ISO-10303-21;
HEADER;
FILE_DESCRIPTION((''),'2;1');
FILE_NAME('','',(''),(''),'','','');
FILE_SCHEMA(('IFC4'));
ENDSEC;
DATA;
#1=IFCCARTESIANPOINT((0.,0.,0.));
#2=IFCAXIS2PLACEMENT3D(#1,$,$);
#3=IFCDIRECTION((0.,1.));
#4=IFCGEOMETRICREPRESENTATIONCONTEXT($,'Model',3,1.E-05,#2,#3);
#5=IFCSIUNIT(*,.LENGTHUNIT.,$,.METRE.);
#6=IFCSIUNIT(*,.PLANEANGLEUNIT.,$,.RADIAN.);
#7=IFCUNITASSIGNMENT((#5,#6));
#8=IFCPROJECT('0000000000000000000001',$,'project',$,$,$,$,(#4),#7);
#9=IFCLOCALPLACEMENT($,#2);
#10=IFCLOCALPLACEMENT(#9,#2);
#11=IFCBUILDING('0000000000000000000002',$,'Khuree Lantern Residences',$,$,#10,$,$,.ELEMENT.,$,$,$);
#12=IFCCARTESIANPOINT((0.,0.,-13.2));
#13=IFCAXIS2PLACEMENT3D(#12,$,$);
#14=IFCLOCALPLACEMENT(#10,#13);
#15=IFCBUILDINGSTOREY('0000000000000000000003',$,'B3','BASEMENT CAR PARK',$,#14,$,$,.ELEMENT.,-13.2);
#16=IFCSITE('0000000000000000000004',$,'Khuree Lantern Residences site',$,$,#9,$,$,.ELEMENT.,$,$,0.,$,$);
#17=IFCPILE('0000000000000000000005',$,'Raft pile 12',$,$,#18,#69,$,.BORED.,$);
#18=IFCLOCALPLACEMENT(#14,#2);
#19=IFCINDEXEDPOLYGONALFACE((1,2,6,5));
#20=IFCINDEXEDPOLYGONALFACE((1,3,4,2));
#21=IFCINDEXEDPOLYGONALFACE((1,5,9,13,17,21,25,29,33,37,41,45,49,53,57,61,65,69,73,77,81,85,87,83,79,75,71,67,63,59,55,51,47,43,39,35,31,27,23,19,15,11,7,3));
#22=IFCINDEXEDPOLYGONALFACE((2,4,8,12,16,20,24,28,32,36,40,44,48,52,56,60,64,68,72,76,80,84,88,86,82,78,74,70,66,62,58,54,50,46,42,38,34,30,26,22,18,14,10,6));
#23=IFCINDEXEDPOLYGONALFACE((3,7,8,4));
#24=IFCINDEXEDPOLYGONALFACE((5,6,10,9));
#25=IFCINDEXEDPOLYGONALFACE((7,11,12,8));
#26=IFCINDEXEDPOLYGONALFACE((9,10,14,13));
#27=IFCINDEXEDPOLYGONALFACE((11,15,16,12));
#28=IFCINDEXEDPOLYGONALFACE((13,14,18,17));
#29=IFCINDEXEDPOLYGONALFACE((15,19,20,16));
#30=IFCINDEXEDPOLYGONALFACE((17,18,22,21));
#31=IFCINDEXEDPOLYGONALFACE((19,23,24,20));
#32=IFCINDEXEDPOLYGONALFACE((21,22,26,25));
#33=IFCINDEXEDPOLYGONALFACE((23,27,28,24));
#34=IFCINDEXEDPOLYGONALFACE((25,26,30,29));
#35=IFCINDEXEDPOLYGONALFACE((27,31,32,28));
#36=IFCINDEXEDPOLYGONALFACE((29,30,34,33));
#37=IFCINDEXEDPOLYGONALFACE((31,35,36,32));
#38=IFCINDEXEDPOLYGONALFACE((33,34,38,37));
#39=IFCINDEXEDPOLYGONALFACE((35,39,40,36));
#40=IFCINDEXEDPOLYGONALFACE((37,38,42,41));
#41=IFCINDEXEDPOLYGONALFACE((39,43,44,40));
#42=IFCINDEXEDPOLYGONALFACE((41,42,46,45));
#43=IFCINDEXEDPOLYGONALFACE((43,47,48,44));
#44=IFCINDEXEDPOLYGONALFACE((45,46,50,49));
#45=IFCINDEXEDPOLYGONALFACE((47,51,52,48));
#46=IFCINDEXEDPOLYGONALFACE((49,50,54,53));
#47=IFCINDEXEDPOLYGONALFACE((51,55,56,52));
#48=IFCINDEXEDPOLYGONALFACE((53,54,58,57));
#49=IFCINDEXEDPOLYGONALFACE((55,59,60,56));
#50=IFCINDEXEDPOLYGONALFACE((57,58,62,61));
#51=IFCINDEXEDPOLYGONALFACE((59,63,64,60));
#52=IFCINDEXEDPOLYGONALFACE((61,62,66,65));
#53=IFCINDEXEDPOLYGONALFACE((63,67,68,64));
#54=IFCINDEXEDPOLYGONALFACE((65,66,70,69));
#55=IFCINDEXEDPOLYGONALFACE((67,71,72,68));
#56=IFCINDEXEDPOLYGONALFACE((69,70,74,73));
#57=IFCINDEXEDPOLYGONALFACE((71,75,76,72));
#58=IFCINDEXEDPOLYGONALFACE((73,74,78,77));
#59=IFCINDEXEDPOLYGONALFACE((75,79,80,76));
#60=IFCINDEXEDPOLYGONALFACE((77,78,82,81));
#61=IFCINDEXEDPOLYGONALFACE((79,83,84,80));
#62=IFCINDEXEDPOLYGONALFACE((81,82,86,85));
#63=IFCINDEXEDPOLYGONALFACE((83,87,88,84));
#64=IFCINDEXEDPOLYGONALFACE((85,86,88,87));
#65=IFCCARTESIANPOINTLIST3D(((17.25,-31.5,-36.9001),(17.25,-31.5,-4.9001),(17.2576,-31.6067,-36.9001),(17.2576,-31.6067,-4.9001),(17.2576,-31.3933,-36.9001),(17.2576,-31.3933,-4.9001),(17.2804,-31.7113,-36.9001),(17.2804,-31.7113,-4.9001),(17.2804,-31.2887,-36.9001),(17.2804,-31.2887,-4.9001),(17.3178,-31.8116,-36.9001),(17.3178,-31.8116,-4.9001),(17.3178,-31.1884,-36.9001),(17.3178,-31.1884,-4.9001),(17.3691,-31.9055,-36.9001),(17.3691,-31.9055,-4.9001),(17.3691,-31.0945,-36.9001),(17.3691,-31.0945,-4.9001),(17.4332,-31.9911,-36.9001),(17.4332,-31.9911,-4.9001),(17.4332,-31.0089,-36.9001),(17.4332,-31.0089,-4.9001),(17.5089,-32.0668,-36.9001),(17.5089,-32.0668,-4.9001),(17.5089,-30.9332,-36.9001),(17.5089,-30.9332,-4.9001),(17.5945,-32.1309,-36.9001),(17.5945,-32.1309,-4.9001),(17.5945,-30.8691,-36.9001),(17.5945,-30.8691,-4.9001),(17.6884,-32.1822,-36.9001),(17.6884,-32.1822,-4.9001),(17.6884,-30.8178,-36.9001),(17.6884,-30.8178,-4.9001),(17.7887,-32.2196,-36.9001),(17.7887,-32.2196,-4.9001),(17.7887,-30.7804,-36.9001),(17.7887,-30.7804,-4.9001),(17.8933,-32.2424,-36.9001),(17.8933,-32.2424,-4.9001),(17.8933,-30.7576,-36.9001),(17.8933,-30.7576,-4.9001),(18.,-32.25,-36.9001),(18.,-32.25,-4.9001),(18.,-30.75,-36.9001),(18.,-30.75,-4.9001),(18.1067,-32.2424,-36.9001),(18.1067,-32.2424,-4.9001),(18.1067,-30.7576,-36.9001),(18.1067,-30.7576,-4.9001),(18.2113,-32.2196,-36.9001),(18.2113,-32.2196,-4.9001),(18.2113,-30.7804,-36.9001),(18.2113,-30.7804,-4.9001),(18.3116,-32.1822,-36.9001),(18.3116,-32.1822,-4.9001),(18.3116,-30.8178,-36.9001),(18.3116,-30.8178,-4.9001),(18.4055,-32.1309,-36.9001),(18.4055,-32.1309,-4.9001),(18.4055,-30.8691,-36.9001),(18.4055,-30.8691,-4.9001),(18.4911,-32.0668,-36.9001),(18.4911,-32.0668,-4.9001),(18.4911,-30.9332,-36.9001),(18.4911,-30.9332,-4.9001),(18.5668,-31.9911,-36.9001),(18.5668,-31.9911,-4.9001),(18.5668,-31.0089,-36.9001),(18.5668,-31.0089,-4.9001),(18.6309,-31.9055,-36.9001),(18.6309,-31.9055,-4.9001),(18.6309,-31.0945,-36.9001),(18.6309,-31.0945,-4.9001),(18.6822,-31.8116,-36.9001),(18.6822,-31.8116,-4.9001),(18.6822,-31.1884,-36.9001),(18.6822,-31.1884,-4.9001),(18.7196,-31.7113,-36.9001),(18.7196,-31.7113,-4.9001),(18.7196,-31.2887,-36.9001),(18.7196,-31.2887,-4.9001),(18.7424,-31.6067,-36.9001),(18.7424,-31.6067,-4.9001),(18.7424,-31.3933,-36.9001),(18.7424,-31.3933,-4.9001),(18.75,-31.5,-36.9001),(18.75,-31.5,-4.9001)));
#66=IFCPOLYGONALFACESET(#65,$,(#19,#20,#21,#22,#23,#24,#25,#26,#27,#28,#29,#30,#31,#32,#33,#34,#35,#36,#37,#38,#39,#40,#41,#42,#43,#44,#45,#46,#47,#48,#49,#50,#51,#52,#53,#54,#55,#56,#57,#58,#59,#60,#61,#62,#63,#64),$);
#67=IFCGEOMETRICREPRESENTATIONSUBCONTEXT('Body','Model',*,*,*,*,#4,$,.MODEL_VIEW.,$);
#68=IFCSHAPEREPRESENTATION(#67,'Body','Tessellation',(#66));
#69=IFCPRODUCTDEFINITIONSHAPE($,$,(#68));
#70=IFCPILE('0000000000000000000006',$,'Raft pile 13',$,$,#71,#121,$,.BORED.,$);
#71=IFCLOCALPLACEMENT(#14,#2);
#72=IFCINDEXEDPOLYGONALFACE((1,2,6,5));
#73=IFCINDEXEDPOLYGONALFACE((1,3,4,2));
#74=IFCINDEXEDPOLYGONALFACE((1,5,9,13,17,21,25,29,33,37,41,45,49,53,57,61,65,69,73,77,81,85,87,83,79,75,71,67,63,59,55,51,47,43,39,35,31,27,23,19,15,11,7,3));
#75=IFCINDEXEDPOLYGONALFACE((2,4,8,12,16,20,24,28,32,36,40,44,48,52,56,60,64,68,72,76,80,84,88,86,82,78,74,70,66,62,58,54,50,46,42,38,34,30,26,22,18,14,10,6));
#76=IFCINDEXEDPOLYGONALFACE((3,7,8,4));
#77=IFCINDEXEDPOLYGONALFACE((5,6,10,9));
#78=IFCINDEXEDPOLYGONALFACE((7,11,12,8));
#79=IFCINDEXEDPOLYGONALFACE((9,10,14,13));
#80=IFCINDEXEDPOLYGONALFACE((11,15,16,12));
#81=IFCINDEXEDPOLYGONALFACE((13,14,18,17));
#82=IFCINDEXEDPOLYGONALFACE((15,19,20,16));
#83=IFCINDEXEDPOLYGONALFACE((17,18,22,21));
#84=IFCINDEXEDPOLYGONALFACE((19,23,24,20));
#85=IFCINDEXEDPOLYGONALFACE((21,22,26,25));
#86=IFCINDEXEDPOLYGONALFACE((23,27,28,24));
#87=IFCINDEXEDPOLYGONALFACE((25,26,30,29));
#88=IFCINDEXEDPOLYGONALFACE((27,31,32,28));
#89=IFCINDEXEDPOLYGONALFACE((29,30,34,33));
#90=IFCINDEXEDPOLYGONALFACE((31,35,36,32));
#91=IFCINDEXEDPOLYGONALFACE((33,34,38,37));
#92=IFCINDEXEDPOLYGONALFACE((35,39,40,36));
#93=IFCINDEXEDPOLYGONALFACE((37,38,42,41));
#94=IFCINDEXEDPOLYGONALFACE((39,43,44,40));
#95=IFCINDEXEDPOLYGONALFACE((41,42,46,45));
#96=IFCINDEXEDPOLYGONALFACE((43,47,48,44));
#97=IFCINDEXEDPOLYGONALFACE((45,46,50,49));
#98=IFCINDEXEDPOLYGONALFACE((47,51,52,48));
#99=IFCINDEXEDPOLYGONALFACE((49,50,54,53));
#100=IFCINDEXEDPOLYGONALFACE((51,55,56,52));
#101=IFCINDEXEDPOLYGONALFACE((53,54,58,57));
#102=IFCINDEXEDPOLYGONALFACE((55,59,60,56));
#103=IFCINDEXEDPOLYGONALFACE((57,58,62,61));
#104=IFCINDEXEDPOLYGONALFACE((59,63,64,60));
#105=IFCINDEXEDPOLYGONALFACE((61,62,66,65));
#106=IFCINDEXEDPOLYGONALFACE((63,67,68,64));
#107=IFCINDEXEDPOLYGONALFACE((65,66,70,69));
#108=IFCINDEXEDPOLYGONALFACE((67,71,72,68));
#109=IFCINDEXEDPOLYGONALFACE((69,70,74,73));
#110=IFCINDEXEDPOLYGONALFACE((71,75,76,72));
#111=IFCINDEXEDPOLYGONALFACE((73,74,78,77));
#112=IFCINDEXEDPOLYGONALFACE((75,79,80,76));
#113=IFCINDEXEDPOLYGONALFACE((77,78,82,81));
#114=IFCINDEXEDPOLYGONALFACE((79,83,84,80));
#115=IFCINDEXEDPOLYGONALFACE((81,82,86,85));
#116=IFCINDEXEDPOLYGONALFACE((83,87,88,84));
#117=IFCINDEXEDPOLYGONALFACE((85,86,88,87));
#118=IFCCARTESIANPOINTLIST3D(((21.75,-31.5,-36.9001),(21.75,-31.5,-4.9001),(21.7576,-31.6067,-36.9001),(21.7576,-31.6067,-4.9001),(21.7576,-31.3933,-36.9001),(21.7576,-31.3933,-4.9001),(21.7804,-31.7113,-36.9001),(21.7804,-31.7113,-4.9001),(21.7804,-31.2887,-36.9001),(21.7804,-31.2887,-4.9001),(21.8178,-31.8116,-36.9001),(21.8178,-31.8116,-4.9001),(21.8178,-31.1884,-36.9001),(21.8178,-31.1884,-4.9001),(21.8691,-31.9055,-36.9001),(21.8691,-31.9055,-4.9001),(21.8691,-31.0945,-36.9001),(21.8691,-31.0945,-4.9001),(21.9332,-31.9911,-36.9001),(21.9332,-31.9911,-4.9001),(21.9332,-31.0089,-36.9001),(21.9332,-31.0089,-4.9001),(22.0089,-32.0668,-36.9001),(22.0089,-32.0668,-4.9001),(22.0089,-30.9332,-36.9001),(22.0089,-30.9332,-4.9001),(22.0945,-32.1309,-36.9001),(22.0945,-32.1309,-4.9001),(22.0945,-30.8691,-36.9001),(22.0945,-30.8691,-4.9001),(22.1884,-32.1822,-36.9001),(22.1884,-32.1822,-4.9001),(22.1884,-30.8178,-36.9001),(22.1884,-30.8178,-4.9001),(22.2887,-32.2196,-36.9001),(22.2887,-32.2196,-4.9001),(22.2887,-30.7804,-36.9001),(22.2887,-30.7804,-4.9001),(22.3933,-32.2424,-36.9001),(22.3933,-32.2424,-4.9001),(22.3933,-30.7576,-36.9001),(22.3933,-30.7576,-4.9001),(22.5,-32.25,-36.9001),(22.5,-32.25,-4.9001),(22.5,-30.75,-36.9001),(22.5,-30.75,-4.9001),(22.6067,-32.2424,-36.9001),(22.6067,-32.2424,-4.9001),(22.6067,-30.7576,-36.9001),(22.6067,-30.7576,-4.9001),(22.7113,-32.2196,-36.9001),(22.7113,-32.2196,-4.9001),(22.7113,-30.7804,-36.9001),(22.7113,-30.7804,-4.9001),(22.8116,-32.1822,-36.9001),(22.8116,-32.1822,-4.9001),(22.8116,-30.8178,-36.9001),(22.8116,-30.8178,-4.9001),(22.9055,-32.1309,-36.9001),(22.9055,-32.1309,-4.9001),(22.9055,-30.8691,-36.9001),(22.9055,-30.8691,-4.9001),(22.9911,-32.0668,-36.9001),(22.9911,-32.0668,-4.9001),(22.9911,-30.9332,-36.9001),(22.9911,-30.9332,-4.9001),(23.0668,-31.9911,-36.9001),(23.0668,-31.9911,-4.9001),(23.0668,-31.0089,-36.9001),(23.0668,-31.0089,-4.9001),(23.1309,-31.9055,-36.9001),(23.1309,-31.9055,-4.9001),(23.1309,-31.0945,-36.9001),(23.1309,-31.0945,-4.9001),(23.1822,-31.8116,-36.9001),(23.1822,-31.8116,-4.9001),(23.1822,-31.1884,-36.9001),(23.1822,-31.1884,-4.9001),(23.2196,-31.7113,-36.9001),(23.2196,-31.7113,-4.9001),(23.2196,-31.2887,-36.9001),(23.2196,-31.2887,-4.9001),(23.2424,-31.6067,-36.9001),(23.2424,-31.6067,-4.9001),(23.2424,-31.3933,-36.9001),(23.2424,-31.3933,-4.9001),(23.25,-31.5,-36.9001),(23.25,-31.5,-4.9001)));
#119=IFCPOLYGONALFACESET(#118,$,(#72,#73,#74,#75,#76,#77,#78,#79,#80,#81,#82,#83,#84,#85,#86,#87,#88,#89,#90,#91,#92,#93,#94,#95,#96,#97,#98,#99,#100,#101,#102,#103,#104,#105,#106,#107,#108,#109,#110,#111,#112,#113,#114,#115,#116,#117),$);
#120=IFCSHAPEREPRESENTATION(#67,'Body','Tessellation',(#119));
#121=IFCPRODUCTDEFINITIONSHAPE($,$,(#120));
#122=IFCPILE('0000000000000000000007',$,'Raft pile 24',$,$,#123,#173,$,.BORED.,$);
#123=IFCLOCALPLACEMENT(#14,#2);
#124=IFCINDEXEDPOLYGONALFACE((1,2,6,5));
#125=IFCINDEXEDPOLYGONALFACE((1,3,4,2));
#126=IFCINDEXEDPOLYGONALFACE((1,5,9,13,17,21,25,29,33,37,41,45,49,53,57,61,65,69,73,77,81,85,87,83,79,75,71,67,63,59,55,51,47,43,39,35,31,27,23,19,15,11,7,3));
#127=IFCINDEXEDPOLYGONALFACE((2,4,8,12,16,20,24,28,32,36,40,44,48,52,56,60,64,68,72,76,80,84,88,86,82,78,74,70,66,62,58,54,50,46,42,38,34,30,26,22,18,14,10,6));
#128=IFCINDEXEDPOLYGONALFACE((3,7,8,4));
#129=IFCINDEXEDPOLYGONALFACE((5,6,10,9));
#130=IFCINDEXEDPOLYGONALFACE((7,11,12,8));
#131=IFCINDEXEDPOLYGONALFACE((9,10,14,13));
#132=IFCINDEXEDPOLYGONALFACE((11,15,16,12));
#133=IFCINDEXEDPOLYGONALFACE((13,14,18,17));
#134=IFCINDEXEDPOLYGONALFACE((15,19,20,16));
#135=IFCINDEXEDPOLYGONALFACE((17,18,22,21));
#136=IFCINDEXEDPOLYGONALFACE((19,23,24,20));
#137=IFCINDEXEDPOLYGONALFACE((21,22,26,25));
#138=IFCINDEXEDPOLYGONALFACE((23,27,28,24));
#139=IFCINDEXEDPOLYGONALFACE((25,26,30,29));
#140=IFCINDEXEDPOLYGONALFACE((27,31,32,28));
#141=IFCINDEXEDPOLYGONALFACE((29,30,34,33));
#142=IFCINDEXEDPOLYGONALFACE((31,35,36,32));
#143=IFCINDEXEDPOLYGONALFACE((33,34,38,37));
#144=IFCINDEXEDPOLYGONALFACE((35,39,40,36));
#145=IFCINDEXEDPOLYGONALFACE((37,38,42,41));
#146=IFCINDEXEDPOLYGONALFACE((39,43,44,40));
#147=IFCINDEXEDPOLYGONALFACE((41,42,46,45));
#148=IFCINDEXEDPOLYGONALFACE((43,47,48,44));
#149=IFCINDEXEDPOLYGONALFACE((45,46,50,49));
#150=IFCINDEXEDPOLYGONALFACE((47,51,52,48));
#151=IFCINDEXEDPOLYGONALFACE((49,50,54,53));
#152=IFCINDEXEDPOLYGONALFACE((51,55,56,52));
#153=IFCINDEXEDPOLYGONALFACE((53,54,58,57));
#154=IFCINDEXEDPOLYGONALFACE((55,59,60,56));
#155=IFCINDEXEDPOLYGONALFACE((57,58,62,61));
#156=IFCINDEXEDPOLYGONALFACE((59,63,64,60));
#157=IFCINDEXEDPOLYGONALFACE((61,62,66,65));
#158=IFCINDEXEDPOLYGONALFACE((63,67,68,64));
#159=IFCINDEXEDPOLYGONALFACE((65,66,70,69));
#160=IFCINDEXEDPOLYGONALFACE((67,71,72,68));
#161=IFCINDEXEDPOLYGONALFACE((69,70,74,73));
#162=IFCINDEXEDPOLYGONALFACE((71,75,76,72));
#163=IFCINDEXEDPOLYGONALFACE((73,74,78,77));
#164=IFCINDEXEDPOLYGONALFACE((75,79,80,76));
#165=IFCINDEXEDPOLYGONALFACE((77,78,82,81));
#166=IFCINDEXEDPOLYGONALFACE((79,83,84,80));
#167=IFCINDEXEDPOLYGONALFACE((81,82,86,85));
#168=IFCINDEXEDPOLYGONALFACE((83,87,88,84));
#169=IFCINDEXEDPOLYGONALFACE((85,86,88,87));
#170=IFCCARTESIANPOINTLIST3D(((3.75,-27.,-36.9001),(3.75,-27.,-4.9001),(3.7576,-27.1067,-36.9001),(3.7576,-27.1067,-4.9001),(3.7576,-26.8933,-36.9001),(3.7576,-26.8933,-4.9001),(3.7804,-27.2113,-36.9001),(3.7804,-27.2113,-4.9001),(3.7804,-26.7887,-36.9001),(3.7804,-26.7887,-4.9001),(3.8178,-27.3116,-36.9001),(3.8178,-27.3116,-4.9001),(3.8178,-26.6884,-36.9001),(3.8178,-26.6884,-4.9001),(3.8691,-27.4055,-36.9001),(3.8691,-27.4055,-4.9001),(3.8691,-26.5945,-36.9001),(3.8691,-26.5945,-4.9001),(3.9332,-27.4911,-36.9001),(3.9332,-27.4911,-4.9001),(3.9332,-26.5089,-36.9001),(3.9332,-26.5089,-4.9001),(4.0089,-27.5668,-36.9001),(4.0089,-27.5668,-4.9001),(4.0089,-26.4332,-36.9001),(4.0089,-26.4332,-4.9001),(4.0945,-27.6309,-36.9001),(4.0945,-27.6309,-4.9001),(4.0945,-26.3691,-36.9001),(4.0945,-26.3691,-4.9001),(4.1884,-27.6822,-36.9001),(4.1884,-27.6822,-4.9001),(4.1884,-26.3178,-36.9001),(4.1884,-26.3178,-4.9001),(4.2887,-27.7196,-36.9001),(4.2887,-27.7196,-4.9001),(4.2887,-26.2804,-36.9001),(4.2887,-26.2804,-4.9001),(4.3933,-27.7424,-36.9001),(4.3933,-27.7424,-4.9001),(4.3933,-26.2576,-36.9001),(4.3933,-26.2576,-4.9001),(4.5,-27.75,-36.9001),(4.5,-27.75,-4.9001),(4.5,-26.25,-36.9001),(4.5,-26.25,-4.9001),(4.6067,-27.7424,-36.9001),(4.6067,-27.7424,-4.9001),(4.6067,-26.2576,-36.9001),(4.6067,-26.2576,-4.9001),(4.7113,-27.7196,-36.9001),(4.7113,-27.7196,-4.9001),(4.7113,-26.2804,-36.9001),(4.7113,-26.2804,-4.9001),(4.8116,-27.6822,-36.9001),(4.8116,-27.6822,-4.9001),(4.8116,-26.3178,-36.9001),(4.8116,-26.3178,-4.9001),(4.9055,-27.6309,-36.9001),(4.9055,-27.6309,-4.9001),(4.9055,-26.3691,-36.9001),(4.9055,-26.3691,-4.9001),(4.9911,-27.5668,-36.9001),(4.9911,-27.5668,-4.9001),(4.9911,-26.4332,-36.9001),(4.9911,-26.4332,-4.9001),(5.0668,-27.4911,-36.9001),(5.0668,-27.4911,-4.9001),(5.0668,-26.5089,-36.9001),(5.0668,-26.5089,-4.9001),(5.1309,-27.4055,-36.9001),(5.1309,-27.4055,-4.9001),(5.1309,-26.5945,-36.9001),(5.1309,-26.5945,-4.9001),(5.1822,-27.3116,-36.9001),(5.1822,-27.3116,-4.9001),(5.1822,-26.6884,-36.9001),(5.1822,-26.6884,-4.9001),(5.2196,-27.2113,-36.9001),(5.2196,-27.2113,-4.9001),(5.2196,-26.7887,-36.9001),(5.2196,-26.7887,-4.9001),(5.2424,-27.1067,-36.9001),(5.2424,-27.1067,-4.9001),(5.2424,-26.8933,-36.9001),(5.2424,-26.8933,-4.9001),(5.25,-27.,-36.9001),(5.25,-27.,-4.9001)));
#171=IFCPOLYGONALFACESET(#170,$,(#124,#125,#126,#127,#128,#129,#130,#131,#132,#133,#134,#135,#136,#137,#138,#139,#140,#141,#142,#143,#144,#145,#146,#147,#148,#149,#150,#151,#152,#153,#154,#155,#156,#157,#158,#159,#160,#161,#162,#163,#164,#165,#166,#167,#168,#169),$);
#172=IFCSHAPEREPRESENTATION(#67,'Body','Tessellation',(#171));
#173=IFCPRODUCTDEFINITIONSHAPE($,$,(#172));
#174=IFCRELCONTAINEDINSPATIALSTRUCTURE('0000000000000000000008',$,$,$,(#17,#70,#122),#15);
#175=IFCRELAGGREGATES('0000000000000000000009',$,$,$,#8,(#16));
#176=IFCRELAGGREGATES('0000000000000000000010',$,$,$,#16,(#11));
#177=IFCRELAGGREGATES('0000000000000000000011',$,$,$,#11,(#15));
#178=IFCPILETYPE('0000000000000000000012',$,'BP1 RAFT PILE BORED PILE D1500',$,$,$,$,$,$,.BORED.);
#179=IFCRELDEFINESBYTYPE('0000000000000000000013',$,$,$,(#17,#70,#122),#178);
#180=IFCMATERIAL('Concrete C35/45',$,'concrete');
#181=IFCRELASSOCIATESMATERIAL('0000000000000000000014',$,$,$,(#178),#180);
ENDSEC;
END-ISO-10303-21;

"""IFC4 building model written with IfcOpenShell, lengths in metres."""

from ifc_helpers import new_model, si_unit, direction, frame, origin, origin_2d, place, context, subcontext, project, spatial, circle, extrude, material, material_profile, profile_set, type_object, element, save


model = new_model("IFC4")

# Units and contexts
model_context = context("Model", 3, precision=1e-05, world=origin(), true_north=direction((0.0, 1.0)))
body_context = subcontext(model_context, "Body", "Model", "MODEL_VIEW")
ifc_project = project(units=[si_unit("LENGTHUNIT", "METRE"), si_unit("PLANEANGLEUNIT", "RADIAN")], contexts=[model_context])

# Site, building, storey
site_placement = place(None, origin())
site = spatial("IfcSite", under=ifc_project, at=site_placement, Name="Khuree Lantern Residences site", CompositionType="ELEMENT", RefElevation=0.0)
building_placement = place(site_placement, origin())
building = spatial("IfcBuilding", under=site, at=building_placement, Name="Khuree Lantern Residences", CompositionType="ELEMENT")
storey_placement = place(building_placement, frame((0.0, 0.0, -13.2)))
storey = spatial("IfcBuildingStorey", under=building, at=storey_placement, Name="B3", Description="BASEMENT CAR PARK", CompositionType="ELEMENT", Elevation=-13.2)

# Piles
ifc_material_1 = material(Name="Concrete C35/45", Category="concrete")
ifc_material_profile_1 = material_profile(ifc_material_1, circle(Radius=0.75, at=origin_2d()), Name="BORED PILE D1500")
ifc_profile_set_1 = profile_set([ifc_material_profile_1], Name="Concrete C35/45")
pile_type = type_object("IfcPileType", Name="BP1 RAFT PILE BORED PILE D1500", PredefinedType="BORED", material=ifc_profile_set_1)
for number, where, z_axis, x_axis, name in (
    (1, (18.0, -31.5, -4.9001), (0.0, 0.0, -1.0), (1.0, 0.0, 0.0), "Raft pile 12"),
    (2, (22.5, -31.5, -4.9001), (0.0, 0.0, -1.0), (1.0, 0.0, 0.0), "Raft pile 13"),
    (3, (4.5, -27.0, -4.9001), (0.0, 0.0, -1.0), (1.0, 0.0, 0.0), "Raft pile 24"),
):
    element("IfcPile", number, at=place(storey_placement, frame(where, z_axis=z_axis, x_axis=x_axis)), inside=storey, type_object=pile_type, Name=name, PredefinedType="BORED", context=body_context, shape_type="SweptSolid", body=[
        extrude(circle(Radius=0.75, at=origin_2d()), origin(), (0.0, 0.0, 1.0), 32.0),
    ])

save(model, "model.ifc")
